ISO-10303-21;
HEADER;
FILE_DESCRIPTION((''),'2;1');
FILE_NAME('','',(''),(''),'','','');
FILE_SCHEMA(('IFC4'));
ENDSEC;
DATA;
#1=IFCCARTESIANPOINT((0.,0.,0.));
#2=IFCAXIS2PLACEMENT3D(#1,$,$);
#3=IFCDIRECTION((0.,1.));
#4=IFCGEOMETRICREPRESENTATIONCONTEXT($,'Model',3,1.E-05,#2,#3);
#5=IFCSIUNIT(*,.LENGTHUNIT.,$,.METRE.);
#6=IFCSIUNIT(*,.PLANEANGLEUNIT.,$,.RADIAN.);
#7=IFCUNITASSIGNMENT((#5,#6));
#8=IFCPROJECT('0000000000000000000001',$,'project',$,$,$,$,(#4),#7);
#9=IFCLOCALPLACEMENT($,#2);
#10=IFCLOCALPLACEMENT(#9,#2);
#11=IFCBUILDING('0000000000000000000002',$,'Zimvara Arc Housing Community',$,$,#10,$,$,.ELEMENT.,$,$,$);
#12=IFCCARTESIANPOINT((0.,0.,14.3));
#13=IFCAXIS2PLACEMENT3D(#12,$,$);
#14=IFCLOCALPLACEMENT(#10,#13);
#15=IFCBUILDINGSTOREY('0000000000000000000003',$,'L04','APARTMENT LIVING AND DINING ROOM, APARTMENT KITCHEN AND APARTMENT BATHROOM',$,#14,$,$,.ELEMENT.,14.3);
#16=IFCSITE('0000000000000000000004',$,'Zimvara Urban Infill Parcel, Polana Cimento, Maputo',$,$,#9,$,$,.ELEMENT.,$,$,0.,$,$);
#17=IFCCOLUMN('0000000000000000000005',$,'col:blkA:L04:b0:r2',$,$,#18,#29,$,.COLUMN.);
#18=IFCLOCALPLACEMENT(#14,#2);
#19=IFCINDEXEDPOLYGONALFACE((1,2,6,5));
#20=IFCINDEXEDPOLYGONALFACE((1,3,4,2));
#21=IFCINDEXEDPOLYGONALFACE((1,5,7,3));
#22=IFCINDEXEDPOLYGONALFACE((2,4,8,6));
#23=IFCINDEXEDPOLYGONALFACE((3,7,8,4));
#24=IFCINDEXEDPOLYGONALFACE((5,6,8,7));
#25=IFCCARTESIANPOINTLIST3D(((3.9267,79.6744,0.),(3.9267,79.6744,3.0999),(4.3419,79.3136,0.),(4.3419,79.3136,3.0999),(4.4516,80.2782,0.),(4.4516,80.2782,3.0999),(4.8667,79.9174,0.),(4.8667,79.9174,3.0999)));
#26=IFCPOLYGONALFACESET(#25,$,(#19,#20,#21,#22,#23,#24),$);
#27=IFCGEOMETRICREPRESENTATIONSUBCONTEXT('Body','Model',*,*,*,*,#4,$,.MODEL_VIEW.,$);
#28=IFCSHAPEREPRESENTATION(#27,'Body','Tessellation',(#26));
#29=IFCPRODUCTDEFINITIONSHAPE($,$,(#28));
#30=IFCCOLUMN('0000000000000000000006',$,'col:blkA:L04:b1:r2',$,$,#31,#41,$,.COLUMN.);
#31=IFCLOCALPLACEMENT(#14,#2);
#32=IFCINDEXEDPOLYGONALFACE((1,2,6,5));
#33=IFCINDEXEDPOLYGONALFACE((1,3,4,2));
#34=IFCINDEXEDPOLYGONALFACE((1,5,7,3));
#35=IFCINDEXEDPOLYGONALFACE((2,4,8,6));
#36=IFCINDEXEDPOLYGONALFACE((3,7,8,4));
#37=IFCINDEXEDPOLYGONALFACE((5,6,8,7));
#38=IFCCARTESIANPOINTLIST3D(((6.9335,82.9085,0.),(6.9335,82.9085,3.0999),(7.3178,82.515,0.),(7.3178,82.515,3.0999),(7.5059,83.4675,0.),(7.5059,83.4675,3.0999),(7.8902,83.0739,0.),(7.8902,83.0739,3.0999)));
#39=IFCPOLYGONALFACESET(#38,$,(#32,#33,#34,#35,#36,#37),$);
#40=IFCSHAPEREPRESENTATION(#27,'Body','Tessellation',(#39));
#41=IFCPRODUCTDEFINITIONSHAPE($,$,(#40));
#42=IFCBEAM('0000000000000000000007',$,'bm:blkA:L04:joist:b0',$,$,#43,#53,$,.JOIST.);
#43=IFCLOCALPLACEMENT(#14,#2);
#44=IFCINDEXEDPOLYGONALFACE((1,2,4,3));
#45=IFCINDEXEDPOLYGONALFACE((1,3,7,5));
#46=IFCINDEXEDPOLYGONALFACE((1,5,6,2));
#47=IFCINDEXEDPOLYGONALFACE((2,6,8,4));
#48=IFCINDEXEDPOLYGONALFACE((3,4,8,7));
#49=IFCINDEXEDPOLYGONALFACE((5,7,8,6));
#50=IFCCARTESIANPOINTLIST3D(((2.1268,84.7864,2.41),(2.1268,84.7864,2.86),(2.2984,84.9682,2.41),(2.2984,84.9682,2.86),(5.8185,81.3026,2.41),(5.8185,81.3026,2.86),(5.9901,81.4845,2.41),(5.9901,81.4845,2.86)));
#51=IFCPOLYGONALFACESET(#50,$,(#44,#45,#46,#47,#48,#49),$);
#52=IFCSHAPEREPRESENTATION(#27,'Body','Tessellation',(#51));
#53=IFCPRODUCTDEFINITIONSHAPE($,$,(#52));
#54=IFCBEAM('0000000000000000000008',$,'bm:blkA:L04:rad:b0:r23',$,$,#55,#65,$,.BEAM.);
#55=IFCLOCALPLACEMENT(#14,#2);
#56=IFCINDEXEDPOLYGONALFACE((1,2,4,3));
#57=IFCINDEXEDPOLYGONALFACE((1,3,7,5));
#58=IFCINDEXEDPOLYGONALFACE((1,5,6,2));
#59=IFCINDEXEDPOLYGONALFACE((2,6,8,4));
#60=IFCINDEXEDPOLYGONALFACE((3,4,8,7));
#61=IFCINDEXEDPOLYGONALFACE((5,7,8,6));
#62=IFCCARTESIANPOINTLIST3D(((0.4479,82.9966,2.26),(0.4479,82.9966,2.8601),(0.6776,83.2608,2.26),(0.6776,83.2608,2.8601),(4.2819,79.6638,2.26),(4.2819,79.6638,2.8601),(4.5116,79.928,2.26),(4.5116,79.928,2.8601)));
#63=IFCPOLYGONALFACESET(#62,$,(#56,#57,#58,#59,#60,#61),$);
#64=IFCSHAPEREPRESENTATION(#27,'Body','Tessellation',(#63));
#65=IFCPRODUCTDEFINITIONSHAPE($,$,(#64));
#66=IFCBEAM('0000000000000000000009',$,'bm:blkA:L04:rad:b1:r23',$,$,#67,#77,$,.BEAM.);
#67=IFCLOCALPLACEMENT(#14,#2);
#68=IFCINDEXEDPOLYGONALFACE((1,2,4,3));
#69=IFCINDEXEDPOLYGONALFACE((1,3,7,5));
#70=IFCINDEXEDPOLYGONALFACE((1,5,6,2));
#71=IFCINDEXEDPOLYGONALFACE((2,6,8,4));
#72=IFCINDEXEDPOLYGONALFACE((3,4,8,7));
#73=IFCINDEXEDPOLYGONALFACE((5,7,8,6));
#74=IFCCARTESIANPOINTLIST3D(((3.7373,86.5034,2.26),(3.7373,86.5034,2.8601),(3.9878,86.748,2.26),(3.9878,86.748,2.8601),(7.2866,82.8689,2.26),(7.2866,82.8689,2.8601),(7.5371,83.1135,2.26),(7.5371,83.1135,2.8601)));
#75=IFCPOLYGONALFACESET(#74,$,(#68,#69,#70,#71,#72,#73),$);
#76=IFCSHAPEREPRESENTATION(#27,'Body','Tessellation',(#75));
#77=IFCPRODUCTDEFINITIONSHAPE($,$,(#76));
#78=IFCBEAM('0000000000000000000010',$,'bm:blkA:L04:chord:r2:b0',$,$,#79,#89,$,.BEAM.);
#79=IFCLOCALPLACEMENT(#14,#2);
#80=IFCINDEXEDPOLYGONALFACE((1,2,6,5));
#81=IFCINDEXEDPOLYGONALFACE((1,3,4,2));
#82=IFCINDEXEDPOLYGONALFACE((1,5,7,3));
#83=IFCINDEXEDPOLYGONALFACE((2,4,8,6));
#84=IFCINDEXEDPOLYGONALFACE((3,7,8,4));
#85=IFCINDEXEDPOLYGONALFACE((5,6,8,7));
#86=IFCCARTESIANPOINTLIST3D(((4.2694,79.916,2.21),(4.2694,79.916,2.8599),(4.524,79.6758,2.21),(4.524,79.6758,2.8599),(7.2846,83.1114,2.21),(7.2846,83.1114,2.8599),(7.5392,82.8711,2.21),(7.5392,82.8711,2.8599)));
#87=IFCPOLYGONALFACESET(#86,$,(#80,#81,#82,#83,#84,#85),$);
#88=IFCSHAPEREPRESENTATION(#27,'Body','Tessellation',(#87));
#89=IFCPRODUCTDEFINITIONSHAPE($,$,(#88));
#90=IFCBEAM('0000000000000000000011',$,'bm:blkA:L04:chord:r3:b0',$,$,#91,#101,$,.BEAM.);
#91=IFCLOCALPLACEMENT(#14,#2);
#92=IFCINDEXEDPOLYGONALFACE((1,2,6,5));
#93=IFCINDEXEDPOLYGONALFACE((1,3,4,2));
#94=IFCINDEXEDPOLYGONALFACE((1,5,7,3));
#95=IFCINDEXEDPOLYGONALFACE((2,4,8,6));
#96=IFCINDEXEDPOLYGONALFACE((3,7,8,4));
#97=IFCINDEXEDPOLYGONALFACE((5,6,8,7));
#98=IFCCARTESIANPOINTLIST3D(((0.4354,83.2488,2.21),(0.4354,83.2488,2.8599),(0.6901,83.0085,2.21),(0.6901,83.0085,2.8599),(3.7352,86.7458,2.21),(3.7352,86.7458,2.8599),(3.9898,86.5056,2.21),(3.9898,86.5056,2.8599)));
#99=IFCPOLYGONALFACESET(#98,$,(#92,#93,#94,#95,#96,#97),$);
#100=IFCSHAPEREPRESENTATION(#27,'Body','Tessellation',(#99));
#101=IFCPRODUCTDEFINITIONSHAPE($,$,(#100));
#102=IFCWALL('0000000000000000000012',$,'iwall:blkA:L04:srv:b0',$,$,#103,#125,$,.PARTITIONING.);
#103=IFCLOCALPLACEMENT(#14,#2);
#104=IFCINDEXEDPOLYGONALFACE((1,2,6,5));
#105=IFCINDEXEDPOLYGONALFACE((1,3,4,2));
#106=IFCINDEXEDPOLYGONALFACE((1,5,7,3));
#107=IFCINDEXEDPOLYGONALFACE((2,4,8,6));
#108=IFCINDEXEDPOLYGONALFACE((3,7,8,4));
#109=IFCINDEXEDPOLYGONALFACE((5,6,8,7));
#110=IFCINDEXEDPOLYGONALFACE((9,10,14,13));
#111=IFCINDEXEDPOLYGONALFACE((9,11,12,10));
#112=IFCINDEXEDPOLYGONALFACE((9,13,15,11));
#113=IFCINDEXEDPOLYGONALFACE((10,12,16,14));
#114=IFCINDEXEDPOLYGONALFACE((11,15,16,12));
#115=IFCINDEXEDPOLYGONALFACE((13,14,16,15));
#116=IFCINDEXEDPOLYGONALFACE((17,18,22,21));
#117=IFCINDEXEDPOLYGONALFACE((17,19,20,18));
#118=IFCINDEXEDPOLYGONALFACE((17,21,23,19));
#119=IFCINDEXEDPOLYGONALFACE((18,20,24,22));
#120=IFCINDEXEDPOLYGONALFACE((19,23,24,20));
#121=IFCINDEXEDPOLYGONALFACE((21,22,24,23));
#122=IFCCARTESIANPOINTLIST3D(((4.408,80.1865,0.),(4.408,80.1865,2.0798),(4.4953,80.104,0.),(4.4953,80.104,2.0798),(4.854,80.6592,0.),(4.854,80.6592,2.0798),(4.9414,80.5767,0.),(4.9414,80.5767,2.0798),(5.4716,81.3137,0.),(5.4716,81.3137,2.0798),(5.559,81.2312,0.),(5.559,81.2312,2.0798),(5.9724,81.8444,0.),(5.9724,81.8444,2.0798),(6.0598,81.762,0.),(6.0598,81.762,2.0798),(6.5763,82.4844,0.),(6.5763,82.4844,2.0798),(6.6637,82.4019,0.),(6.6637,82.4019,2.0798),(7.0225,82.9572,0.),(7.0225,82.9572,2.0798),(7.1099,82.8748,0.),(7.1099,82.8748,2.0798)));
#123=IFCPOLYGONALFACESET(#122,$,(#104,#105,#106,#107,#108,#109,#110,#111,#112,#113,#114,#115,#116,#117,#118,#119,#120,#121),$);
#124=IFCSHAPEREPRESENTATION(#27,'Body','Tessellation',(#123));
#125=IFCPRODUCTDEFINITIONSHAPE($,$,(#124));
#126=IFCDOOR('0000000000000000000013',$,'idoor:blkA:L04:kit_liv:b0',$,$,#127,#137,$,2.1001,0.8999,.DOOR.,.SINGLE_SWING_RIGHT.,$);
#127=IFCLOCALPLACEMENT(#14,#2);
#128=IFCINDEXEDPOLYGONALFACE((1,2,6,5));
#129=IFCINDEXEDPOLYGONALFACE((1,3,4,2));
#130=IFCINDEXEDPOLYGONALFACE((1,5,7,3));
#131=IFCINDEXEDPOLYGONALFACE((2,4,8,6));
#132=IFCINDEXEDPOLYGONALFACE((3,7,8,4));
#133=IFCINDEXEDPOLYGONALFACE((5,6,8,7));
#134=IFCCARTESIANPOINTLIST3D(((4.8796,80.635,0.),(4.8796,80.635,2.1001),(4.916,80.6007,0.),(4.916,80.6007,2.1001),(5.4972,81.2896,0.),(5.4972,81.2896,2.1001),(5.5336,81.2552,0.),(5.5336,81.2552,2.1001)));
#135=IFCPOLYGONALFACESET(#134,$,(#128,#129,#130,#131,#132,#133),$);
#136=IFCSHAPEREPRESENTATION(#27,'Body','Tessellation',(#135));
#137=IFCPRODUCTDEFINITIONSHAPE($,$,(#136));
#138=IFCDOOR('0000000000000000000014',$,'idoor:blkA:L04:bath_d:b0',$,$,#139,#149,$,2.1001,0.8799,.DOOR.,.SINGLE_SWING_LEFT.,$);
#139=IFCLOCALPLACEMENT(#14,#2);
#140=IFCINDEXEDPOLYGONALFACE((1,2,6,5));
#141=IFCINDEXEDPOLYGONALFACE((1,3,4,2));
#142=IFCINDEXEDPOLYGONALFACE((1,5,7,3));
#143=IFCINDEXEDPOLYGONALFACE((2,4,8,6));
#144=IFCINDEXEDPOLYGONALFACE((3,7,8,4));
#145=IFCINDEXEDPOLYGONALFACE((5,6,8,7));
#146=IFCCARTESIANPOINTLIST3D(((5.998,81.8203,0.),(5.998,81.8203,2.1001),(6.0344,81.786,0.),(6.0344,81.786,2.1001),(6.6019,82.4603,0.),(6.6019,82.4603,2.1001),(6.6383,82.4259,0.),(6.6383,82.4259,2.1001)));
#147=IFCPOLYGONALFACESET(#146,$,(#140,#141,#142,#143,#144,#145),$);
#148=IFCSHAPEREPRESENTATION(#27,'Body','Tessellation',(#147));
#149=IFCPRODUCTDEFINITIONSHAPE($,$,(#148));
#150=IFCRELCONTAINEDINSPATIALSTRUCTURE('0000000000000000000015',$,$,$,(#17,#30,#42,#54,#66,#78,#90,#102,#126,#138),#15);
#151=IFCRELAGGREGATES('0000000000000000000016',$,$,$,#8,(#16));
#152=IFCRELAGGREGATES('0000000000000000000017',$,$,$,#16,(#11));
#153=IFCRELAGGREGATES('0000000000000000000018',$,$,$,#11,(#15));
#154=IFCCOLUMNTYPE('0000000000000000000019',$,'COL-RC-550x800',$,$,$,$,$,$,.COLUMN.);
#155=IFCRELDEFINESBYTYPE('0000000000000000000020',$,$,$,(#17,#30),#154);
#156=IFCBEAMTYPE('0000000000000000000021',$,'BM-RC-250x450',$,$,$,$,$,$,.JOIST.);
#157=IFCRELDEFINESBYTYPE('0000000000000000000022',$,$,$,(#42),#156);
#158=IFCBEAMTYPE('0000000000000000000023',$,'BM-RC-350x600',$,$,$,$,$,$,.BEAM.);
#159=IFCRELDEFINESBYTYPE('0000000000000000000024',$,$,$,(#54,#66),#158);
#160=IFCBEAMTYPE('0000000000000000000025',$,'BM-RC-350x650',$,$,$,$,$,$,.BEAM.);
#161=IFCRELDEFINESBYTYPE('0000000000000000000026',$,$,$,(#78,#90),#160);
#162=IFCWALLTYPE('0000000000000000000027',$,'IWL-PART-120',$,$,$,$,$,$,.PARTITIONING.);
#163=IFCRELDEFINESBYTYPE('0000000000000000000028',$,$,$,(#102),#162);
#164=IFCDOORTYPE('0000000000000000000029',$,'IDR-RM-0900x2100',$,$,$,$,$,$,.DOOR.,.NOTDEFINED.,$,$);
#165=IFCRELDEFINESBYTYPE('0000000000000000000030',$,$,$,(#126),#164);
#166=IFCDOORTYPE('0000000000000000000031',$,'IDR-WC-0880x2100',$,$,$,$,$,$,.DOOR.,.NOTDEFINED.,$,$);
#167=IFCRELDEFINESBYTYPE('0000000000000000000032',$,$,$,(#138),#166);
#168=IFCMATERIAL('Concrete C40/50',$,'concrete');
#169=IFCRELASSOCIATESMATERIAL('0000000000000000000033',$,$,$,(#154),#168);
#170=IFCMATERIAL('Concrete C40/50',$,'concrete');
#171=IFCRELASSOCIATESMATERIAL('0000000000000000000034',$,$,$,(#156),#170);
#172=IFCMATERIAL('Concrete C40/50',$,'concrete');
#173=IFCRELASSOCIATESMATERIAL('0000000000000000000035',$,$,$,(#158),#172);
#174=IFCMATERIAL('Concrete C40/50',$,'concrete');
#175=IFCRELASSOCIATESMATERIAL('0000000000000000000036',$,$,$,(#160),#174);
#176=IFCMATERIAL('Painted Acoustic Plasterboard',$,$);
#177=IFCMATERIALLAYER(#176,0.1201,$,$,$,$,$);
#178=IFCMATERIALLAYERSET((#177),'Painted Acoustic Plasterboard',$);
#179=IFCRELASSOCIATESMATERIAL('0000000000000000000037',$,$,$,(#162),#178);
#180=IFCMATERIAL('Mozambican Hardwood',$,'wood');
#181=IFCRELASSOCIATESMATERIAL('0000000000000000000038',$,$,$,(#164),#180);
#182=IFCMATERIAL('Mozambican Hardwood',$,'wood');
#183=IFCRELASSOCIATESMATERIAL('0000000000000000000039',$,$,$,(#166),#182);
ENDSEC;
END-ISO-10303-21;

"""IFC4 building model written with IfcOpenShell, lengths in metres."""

from ifc_helpers import new_model, si_unit, direction, frame, frame_2d, origin, origin_2d, place, context, subcontext, project, spatial, rectangle, extrude, material, layer, layer_set, material_profile, profile_set, type_object, element, fill, save


model = new_model("IFC4")

# Units and contexts
model_context = context("Model", 3, precision=1e-05, world=origin(), true_north=direction((0.0, 1.0)))
body_context = subcontext(model_context, "Body", "Model", "MODEL_VIEW")
ifc_project = project(units=[si_unit("LENGTHUNIT", "METRE"), si_unit("PLANEANGLEUNIT", "RADIAN")], contexts=[model_context])

# Site, building, storey
site_placement = place(None, origin())
site = spatial("IfcSite", under=ifc_project, at=site_placement, Name="Zimvara Urban Infill Parcel, Polana Cimento, Maputo", CompositionType="ELEMENT", RefElevation=0.0)
building_placement = place(site_placement, origin())
building = spatial("IfcBuilding", under=site, at=building_placement, Name="Zimvara Arc Housing Community", CompositionType="ELEMENT")
storey_placement = place(building_placement, frame((0.0, 0.0, 14.3)))
storey = spatial("IfcBuildingStorey", under=building, at=storey_placement, Name="L04", Description="APARTMENT LIVING AND DINING ROOM, APARTMENT KITCHEN AND APARTMENT BATHROOM", CompositionType="ELEMENT", Elevation=14.3)

# Columns
ifc_material_1 = material(Name="Concrete C40/50", Category="concrete")
ifc_material_profile_1 = material_profile(ifc_material_1, rectangle(XDim=0.55, YDim=0.8, at=origin_2d()), Name="RC 550x800")
ifc_profile_set_1 = profile_set([ifc_material_profile_1], Name="Concrete C40/50")
column_type_1 = type_object("IfcColumnType", Name="COL-RC-550x800", PredefinedType="COLUMN", material=ifc_profile_set_1)
for number, where, z_axis, x_axis, name in (
    (1, (4.3967, 79.7959, 0.0), (0.0, 0.0, 1.0), (-0.75471, 0.656059, 0.0), "col:blkA:L04:b0:r2"),
    (2, (7.4119, 82.9912, 0.0), (0.0, 0.0, 1.0), (-0.698665, 0.715449, 0.0), "col:blkA:L04:b1:r2"),
):
    element("IfcColumn", number, at=place(storey_placement, frame(where, z_axis=z_axis, x_axis=x_axis)), inside=storey, type_object=column_type_1, Name=name, PredefinedType="COLUMN", context=body_context, shape_type="SweptSolid", body=[
        extrude(rectangle(XDim=0.55, YDim=0.8, at=origin_2d()), origin(), (0.0, 0.0, 1.0), 3.0999),
    ])

# Beams
ifc_material_2 = material(Name="Concrete C40/50", Category="concrete")
ifc_material_profile_2 = material_profile(ifc_material_2, rectangle(XDim=0.25, YDim=0.45, at=origin_2d()), Name="RC 250x450")
ifc_profile_set_2 = profile_set([ifc_material_profile_2], Name="Concrete C40/50")
beam_type_1 = type_object("IfcBeamType", Name="BM-RC-250x450", PredefinedType="JOIST", material=ifc_profile_set_2)
beam_1_placement = place(storey_placement, frame((5.9043, 81.3936, 2.635), z_axis=(-0.7273, 0.68632, 0.0), x_axis=(-0.68632, -0.7273, 0.0)))
element("IfcBeam", 3, at=beam_1_placement, inside=storey, type_object=beam_type_1, Name="bm:blkA:L04:joist:b0", PredefinedType="JOIST", context=body_context, shape_type="SweptSolid", body=[
    extrude(rectangle(XDim=0.25, YDim=0.45, at=origin_2d()), origin(), (0.0, 0.0, 1.0), 5.0759),
])
ifc_material_3 = material(Name="Concrete C40/50", Category="concrete")
ifc_material_profile_3 = material_profile(ifc_material_3, rectangle(XDim=0.3501, YDim=0.6001, at=origin_2d()), Name="RC 350x600")
ifc_profile_set_3 = profile_set([ifc_material_profile_3], Name="Concrete C40/50")
beam_type_2 = type_object("IfcBeamType", Name="BM-RC-350x600", PredefinedType="BEAM", material=ifc_profile_set_3)
for number, where, z_axis, x_axis, name in (
    (4, (4.3967, 79.7959, 2.5601), (-0.754716, 0.656051, 0.0), (-0.656051, -0.754716, 0.0), "bm:blkA:L04:rad:b0:r23"),
    (5, (7.4119, 82.9912, 2.5601), (-0.698671, 0.715443, 0.0), (-0.715443, -0.698671, 0.0), "bm:blkA:L04:rad:b1:r23"),
):
    element("IfcBeam", number, at=place(storey_placement, frame(where, z_axis=z_axis, x_axis=x_axis)), inside=storey, type_object=beam_type_2, Name=name, PredefinedType="BEAM", context=body_context, shape_type="SweptSolid", body=[
        extrude(rectangle(XDim=0.3501, YDim=0.6001, at=origin_2d()), origin(), (0.0, 0.0, 1.0), 5.0801),
    ])
ifc_material_4 = material(Name="Concrete C40/50", Category="concrete")
ifc_material_profile_4 = material_profile(ifc_material_4, rectangle(XDim=0.3501, YDim=0.6499, at=origin_2d()), Name="RC 350x650")
ifc_profile_set_4 = profile_set([ifc_material_profile_4], Name="Concrete C40/50")
beam_type_3 = type_object("IfcBeamType", Name="BM-RC-350x650", PredefinedType="BEAM", material=ifc_profile_set_4)
beam_2_placement = place(storey_placement, frame((4.3967, 79.7959, 2.5349), z_axis=(0.686304, 0.727315, 0.0), x_axis=(-0.727315, 0.686304, 0.0)))
element("IfcBeam", 6, at=beam_2_placement, inside=storey, type_object=beam_type_3, Name="bm:blkA:L04:chord:r2:b0", PredefinedType="BEAM", context=body_context, shape_type="SweptSolid", body=[
    extrude(rectangle(XDim=0.3501, YDim=0.6499, at=origin_2d()), origin(), (0.0, 0.0, 1.0), 4.3933),
])
beam_3_placement = place(storey_placement, frame((0.5627, 83.1287, 2.5349), z_axis=(0.686295, 0.727323, 0.0), x_axis=(-0.727323, 0.686295, 0.0)))
element("IfcBeam", 7, at=beam_3_placement, inside=storey, type_object=beam_type_3, Name="bm:blkA:L04:chord:r3:b0", PredefinedType="BEAM", context=body_context, shape_type="SweptSolid", body=[
    extrude(rectangle(XDim=0.3501, YDim=0.6499, at=origin_2d()), origin(), (0.0, 0.0, 1.0), 4.8081),
])

# Wall, openings, doors
ifc_material_5 = material(Name="Painted Acoustic Plasterboard")
ifc_layer_1 = layer(ifc_material_5, 0.1201)
ifc_layer_set_1 = layer_set([ifc_layer_1], Name="Painted Acoustic Plasterboard")
wall_type_1 = type_object("IfcWallType", Name="IWL-PART-120", PredefinedType="PARTITIONING", material=ifc_layer_set_1)
wall_1_placement = place(storey_placement, frame((4.4517, 80.1453, 0.0), z_axis=(0.0, 0.0, 1.0), x_axis=(0.686302, 0.727317, 0.0)))
wall_1 = element("IfcWall", 8, at=wall_1_placement, inside=storey, type_object=wall_type_1, Name="iwall:blkA:L04:srv:b0", PredefinedType="PARTITIONING", context=body_context, shape_type="SweptSolid", body=[
    extrude(rectangle(XDim=3.8096, YDim=0.1201, at=frame_2d((1.9048, 0.0))), origin(), (0.0, 0.0, 1.0), 2.0798),
])
opening_1_placement = place(wall_1_placement, frame((0.6499, 0.0, 0.0)))
opening_1 = element("IfcOpeningElement", 9, at=opening_1_placement, cuts=wall_1, PredefinedType="OPENING", context=body_context, shape_type="SweptSolid", body=[
    extrude(rectangle(XDim=0.8999, YDim=2.1001, at=frame_2d((0.45, 1.05))), frame((0.0, 0.0701, 0.0), z_axis=(0.0, -1.0, 0.0), x_axis=(1.0, 0.0, 0.0)), (0.0, 0.0, 1.0), 0.1401),
])
opening_2_placement = place(wall_1_placement, frame((2.2795, 0.0, 0.0)))
opening_2 = element("IfcOpeningElement", 10, at=opening_2_placement, cuts=wall_1, PredefinedType="OPENING", context=body_context, shape_type="SweptSolid", body=[
    extrude(rectangle(XDim=0.8799, YDim=2.1001, at=frame_2d((0.4399, 1.05))), frame((0.0, 0.0701, 0.0), z_axis=(0.0, -1.0, 0.0), x_axis=(1.0, 0.0, 0.0)), (0.0, 0.0, 1.0), 0.1401),
])
ifc_material_6 = material(Name="Mozambican Hardwood", Category="wood")
door_type_1 = type_object("IfcDoorType", Name="IDR-RM-0900x2100", OperationType="NOTDEFINED", PredefinedType="DOOR", material=ifc_material_6)
door_1_placement = place(opening_1_placement, origin())
door_1 = element("IfcDoor", 11, at=door_1_placement, inside=storey, type_object=door_type_1, Name="idoor:blkA:L04:kit_liv:b0", OperationType="SINGLE_SWING_RIGHT", OverallHeight=2.1001, OverallWidth=0.8999, PredefinedType="DOOR", context=body_context, shape_type="SweptSolid", body=[
    extrude(rectangle(XDim=0.8999, YDim=2.1001, at=frame_2d((0.45, 1.05))), frame((0.0, 0.0249, 0.0), z_axis=(0.0, -1.0, 0.0), x_axis=(1.0, 0.0, 0.0)), (0.0, 0.0, 1.0), 0.05),
])
fill(opening_1, door_1)
ifc_material_7 = material(Name="Mozambican Hardwood", Category="wood")
door_type_2 = type_object("IfcDoorType", Name="IDR-WC-0880x2100", OperationType="NOTDEFINED", PredefinedType="DOOR", material=ifc_material_7)
door_2_placement = place(opening_2_placement, origin())
door_2 = element("IfcDoor", 12, at=door_2_placement, inside=storey, type_object=door_type_2, Name="idoor:blkA:L04:bath_d:b0", OperationType="SINGLE_SWING_LEFT", OverallHeight=2.1001, OverallWidth=0.8799, PredefinedType="DOOR", context=body_context, shape_type="SweptSolid", body=[
    extrude(rectangle(XDim=0.8799, YDim=2.1001, at=frame_2d((0.4399, 1.05))), frame((0.0, 0.0249, 0.0), z_axis=(0.0, -1.0, 0.0), x_axis=(1.0, 0.0, 0.0)), (0.0, 0.0, 1.0), 0.05),
])
fill(opening_2, door_2)

save(model, "model.ifc")
